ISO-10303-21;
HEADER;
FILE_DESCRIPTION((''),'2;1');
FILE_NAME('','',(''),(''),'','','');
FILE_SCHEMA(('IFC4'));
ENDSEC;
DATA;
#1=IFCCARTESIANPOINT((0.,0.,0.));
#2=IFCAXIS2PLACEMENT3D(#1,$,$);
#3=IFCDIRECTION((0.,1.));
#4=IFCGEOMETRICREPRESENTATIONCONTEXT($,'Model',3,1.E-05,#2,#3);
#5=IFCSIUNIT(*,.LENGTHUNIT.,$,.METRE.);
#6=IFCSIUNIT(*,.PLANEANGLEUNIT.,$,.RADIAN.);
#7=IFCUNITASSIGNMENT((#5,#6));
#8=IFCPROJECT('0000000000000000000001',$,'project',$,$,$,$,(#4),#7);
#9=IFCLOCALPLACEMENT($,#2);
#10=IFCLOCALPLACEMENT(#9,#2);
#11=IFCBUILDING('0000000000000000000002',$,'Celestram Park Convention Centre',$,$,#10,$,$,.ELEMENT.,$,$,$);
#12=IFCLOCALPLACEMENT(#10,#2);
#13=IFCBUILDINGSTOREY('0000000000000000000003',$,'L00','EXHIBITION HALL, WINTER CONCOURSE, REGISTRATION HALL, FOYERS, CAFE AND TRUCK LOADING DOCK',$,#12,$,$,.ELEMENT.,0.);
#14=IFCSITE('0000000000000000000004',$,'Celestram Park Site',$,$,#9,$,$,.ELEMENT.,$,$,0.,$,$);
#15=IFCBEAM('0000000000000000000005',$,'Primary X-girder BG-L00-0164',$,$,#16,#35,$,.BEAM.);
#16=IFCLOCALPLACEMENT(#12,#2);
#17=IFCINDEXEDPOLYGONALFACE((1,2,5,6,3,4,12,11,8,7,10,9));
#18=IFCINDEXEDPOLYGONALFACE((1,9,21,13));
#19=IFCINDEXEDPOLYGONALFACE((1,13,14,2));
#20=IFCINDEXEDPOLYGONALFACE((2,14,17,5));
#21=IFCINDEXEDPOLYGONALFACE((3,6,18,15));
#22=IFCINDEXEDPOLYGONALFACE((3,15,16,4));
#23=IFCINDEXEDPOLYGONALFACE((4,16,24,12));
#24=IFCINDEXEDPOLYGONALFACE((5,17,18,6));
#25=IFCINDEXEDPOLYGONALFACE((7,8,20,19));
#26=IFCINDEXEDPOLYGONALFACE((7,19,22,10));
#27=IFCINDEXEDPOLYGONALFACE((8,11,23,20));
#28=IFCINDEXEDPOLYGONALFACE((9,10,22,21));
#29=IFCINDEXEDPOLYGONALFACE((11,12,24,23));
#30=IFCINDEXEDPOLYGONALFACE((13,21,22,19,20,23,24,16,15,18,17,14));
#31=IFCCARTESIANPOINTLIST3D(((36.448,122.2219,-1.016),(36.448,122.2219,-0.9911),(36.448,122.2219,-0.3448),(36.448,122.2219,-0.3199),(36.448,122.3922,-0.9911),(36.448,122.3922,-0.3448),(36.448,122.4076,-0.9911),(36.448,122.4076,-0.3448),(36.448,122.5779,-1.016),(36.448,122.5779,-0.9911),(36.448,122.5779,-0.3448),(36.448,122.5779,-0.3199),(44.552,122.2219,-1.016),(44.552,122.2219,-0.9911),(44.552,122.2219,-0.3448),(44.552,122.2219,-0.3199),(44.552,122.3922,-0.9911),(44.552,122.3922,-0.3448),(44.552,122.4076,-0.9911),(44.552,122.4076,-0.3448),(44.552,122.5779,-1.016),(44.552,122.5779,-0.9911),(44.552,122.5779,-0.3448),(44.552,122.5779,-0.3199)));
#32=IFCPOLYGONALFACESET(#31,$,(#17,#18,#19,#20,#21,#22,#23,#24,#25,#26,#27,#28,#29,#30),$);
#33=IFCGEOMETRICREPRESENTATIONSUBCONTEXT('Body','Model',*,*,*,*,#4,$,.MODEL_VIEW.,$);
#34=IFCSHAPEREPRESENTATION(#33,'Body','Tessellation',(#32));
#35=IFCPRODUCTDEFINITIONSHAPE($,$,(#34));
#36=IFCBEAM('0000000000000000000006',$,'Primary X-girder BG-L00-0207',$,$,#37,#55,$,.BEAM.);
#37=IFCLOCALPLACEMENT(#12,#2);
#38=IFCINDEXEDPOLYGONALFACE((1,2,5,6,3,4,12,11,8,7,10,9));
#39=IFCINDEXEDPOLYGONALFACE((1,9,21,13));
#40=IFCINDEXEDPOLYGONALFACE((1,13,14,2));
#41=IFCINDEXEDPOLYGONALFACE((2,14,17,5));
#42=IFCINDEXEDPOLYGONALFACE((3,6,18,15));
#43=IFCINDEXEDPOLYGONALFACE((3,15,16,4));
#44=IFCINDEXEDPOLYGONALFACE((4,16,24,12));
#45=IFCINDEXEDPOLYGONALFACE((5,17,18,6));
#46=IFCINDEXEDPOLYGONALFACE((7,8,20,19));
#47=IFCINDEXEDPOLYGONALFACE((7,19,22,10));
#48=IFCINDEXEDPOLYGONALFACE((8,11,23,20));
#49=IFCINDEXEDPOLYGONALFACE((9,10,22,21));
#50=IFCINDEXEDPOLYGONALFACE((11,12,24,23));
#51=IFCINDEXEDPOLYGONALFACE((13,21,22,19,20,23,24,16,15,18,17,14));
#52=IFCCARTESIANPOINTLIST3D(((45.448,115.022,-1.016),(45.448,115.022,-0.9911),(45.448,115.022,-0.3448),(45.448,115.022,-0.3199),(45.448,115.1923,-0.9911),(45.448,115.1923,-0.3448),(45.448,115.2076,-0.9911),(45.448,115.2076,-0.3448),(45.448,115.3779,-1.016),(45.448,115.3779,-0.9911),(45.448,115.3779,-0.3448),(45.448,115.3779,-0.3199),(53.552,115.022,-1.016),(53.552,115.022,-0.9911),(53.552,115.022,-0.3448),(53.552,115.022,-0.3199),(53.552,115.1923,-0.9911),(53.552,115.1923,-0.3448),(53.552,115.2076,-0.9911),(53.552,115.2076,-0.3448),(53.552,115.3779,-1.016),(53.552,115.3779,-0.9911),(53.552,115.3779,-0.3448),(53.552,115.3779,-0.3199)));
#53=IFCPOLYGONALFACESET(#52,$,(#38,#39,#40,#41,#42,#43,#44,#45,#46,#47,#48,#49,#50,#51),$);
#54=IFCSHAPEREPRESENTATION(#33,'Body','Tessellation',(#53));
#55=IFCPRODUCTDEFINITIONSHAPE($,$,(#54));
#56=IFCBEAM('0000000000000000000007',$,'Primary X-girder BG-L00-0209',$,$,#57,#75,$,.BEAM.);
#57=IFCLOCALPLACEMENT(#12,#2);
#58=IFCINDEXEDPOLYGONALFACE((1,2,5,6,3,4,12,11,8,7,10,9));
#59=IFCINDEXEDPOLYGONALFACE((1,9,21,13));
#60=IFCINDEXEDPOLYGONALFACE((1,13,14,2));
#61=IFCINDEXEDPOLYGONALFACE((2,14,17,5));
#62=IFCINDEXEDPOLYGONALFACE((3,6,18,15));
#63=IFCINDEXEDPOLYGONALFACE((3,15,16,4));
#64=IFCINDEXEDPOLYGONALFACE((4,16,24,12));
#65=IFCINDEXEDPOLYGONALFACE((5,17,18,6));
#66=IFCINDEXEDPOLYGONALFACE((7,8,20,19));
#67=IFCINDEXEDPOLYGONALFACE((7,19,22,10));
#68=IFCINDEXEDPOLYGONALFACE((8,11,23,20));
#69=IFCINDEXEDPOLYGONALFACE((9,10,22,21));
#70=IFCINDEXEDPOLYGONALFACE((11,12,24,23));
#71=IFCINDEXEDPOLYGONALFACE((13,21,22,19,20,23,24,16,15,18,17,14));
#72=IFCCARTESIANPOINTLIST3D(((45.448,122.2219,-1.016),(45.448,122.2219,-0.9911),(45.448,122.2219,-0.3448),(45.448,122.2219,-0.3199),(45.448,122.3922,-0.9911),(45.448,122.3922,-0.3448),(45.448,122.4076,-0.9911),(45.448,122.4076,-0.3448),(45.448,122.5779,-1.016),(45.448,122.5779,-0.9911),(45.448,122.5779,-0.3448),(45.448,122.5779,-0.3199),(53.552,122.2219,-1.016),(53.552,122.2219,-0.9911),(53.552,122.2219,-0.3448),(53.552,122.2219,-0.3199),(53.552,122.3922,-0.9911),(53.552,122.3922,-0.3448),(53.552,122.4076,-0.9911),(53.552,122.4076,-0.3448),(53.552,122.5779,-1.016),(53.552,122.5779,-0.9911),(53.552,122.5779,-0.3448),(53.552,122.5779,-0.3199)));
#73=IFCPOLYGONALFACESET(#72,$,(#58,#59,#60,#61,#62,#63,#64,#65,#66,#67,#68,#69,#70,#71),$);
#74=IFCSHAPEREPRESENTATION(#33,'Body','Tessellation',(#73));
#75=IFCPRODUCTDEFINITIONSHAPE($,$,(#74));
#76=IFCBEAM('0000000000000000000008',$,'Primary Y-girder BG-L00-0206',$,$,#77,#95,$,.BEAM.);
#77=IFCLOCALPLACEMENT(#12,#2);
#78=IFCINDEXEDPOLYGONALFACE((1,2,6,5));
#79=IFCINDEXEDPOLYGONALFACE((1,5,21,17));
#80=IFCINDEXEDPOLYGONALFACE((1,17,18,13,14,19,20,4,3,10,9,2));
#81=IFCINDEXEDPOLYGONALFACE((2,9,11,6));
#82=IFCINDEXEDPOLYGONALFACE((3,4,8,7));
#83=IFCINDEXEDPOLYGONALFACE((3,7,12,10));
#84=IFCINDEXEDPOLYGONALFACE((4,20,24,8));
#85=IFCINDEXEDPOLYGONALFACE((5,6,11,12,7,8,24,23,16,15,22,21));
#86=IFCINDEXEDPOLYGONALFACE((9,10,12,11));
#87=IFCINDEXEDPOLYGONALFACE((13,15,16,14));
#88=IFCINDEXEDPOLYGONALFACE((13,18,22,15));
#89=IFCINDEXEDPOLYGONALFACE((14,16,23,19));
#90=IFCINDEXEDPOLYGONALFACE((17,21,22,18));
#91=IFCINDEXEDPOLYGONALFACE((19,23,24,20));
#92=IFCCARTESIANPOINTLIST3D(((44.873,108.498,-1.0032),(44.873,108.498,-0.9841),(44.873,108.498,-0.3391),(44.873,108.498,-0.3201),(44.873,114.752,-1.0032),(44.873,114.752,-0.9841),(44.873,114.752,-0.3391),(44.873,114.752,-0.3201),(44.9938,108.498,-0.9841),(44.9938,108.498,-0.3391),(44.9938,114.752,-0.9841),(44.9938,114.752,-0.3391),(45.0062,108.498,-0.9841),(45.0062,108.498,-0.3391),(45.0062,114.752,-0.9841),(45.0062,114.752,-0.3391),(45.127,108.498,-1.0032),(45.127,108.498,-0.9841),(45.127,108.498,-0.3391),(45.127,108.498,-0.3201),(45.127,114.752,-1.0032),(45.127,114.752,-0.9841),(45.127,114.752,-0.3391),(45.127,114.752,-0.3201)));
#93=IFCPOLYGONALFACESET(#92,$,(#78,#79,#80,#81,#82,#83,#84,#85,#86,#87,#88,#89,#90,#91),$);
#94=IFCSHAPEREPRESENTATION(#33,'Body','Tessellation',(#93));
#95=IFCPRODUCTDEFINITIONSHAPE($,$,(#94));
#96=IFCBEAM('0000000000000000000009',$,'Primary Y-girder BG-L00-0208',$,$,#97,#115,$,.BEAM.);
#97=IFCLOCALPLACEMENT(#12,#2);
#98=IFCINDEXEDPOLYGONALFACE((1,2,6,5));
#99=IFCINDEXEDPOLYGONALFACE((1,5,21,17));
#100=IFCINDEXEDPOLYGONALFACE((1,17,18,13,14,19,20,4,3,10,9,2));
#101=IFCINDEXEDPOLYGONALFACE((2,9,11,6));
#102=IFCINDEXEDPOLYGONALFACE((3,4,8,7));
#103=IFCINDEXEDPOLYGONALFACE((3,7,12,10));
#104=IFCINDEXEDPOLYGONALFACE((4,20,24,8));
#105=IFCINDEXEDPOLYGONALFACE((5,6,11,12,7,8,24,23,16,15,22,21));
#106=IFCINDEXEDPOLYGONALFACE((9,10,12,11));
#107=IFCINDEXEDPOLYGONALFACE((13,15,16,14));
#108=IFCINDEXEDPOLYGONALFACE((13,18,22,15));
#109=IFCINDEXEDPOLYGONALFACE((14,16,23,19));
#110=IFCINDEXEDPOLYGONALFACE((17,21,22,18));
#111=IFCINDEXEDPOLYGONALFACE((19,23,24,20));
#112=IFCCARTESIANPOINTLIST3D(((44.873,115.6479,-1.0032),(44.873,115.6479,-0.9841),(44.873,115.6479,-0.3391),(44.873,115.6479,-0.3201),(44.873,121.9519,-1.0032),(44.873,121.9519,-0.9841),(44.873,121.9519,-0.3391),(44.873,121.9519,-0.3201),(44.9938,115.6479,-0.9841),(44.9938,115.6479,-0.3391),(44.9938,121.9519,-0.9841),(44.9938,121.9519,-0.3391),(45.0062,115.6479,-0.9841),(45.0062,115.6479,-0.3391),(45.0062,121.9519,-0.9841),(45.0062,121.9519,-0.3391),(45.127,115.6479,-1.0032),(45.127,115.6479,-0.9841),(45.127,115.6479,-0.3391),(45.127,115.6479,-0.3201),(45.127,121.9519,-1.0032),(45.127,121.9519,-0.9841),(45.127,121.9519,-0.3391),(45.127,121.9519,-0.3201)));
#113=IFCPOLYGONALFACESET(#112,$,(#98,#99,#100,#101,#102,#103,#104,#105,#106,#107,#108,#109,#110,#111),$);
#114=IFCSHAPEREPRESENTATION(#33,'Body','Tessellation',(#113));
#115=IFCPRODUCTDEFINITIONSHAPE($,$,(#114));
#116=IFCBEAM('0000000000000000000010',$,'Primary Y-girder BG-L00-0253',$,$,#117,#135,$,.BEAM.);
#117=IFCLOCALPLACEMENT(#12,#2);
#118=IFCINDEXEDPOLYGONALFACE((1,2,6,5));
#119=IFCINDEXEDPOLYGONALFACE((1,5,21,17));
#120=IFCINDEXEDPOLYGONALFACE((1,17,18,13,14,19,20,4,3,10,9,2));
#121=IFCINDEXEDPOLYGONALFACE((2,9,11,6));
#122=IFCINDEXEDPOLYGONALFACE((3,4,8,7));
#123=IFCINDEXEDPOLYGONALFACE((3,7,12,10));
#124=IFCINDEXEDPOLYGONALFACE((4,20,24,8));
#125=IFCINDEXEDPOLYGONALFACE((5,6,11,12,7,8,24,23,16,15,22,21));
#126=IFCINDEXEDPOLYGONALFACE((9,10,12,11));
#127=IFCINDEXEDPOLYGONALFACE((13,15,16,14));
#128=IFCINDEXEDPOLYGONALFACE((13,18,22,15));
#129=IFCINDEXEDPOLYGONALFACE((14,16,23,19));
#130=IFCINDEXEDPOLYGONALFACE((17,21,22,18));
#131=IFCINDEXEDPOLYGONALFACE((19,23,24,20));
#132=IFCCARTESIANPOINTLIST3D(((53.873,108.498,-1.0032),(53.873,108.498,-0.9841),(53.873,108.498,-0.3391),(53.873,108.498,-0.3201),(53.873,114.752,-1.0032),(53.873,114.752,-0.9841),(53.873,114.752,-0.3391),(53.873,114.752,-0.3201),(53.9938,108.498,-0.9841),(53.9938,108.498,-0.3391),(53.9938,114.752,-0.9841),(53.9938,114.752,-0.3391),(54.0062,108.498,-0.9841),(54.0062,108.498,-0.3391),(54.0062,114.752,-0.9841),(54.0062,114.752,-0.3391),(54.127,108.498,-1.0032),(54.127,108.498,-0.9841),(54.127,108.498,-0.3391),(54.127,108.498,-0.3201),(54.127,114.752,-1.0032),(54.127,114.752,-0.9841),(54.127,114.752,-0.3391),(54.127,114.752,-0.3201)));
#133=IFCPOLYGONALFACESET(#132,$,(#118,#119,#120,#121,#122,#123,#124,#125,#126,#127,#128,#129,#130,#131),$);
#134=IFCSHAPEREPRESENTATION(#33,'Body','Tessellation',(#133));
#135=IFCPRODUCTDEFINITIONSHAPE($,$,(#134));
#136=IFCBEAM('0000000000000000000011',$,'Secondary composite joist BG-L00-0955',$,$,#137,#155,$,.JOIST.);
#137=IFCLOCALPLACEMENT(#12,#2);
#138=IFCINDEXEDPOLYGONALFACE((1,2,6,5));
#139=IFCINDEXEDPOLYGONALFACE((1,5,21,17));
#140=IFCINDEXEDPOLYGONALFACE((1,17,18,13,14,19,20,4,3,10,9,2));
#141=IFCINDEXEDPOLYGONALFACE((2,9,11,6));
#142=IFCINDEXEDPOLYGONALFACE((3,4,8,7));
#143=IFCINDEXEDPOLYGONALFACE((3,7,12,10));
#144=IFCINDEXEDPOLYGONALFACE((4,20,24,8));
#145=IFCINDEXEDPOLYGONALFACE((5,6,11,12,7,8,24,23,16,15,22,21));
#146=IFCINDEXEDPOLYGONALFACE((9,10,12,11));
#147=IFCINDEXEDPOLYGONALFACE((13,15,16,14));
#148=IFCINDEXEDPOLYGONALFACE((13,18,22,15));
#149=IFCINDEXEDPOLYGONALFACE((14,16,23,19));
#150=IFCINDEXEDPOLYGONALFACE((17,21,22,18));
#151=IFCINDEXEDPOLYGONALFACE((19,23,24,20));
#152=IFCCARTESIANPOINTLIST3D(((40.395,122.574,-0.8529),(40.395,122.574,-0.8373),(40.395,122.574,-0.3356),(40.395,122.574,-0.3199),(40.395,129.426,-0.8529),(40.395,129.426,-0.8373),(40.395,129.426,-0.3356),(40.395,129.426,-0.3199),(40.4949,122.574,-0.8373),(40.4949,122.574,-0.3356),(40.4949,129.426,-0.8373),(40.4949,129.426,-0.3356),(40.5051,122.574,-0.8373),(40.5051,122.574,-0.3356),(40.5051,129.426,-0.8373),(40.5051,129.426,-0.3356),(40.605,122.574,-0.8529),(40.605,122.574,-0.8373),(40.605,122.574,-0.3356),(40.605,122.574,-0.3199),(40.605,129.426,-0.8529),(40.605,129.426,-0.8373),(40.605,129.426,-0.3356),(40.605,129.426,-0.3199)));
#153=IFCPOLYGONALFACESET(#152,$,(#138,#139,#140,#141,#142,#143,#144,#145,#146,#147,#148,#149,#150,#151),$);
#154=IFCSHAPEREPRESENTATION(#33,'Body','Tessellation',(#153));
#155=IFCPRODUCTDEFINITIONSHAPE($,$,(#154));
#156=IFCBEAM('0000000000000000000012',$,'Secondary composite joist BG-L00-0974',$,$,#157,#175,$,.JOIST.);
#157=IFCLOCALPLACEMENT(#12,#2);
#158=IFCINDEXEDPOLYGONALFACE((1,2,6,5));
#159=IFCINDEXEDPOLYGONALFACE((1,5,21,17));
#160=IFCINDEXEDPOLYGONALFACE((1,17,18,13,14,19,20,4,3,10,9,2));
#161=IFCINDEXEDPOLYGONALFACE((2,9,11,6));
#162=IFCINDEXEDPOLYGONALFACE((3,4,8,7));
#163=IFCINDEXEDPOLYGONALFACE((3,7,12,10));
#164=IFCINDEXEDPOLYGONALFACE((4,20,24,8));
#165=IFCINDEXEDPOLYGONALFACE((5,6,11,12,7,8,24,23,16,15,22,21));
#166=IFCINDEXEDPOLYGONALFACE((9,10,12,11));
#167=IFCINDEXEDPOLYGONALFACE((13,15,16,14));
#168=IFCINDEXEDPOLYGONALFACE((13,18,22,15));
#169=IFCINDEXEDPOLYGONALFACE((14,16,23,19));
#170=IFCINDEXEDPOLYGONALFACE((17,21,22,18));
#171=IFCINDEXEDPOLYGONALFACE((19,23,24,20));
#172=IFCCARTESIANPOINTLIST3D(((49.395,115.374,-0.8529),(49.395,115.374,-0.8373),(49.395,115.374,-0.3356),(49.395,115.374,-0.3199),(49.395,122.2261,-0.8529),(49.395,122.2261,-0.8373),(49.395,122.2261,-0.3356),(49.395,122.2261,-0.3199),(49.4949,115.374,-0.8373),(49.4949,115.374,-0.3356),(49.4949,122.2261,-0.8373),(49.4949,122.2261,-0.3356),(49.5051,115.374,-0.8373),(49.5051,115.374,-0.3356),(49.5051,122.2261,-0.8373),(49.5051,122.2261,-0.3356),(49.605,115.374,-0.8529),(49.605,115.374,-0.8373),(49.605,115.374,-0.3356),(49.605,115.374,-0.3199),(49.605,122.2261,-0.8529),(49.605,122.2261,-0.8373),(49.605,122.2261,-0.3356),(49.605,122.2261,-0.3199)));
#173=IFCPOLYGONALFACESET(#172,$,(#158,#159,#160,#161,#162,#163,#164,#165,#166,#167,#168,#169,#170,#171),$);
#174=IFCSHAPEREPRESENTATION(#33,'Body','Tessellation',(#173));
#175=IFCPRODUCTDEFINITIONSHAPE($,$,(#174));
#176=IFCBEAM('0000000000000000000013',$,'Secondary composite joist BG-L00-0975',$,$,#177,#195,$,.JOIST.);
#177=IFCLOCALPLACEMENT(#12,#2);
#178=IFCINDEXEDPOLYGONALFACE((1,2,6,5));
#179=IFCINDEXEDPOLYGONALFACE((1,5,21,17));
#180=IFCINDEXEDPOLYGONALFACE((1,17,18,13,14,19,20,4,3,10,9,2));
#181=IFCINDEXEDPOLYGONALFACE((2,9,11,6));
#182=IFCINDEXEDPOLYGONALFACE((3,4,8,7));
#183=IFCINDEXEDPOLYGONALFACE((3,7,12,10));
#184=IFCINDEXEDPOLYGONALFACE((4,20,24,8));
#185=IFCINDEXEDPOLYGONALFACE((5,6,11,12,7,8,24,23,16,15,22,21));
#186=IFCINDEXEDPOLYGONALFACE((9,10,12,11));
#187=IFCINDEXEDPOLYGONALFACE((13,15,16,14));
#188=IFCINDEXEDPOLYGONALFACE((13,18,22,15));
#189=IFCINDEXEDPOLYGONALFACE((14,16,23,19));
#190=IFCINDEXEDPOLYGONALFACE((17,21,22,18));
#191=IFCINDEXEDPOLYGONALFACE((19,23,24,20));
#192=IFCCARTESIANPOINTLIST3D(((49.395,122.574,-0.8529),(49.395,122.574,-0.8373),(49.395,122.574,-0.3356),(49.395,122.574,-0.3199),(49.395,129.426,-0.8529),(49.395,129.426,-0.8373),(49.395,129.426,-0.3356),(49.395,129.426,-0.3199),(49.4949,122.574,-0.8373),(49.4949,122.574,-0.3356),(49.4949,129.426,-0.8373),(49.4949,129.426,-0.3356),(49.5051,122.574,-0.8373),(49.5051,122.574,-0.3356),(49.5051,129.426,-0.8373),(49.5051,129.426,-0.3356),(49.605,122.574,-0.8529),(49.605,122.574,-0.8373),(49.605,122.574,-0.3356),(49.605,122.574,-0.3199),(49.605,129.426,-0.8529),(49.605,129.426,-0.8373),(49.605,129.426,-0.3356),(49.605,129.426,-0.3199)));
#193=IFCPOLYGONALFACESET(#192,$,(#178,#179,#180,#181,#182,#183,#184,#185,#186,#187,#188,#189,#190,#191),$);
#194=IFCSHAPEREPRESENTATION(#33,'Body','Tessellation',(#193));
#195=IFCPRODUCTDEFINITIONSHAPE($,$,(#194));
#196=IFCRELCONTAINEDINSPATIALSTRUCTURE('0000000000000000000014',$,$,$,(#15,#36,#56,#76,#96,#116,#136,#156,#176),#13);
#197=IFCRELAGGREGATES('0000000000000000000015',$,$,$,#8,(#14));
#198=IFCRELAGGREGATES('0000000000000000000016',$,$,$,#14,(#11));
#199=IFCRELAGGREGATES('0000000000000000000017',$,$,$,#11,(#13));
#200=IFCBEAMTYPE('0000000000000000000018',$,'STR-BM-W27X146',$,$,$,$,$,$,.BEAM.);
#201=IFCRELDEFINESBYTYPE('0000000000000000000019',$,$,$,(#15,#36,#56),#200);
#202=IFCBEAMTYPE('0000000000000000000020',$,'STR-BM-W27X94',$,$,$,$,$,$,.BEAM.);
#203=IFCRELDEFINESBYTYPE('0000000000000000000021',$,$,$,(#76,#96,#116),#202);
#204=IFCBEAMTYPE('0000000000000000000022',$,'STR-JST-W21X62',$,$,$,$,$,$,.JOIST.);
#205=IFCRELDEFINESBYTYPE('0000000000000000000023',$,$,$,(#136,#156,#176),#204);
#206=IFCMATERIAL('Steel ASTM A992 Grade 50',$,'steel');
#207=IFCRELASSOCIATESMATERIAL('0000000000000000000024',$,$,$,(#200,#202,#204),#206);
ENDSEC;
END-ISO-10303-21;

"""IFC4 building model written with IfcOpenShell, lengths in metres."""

from ifc_helpers import new_model, si_unit, direction, frame, origin, origin_2d, place, context, subcontext, project, spatial, i_section, extrude, material, material_profile, profile_set, type_object, element, save


model = new_model("IFC4")

# Units and contexts
model_context = context("Model", 3, precision=1e-05, world=origin(), true_north=direction((0.0, 1.0)))
body_context = subcontext(model_context, "Body", "Model", "MODEL_VIEW")
ifc_project = project(units=[si_unit("LENGTHUNIT", "METRE"), si_unit("PLANEANGLEUNIT", "RADIAN")], contexts=[model_context])

# Site, building, storey
site_placement = place(None, origin())
site = spatial("IfcSite", under=ifc_project, at=site_placement, Name="Celestram Park Site", CompositionType="ELEMENT", RefElevation=0.0)
building_placement = place(site_placement, origin())
building = spatial("IfcBuilding", under=site, at=building_placement, Name="Celestram Park Convention Centre", CompositionType="ELEMENT")
storey_placement = place(building_placement, origin())
storey = spatial("IfcBuildingStorey", under=building, at=storey_placement, Name="L00", Description="EXHIBITION HALL, WINTER CONCOURSE, REGISTRATION HALL, FOYERS, CAFE AND TRUCK LOADING DOCK", CompositionType="ELEMENT", Elevation=0.0)

# Beams
ifc_material_1 = material(Name="Steel ASTM A992 Grade 50", Category="steel")
ifc_material_profile_1 = material_profile(ifc_material_1, i_section(OverallWidth=0.356, OverallDepth=0.696, WebThickness=0.0154, FlangeThickness=0.0249, at=origin_2d()), Name="W27X146")
ifc_profile_set_1 = profile_set([ifc_material_profile_1], Name="Steel ASTM A992 Grade 50")
beam_type_1 = type_object("IfcBeamType", Name="STR-BM-W27X146", PredefinedType="BEAM", material=ifc_profile_set_1)
for number, where, z_axis, x_axis, name in (
    (1, (36.448, 122.3999, -0.668), (1.0, 0.0, 0.0), (0.0, 1.0, 0.0), "Primary X-girder BG-L00-0164"),
    (2, (45.448, 115.2, -0.668), (1.0, 0.0, 0.0), (0.0, 1.0, 0.0), "Primary X-girder BG-L00-0207"),
    (3, (45.448, 122.3999, -0.668), (1.0, 0.0, 0.0), (0.0, 1.0, 0.0), "Primary X-girder BG-L00-0209"),
):
    element("IfcBeam", number, at=place(storey_placement, frame(where, z_axis=z_axis, x_axis=x_axis)), inside=storey, type_object=beam_type_1, Name=name, PredefinedType="BEAM", context=body_context, shape_type="SweptSolid", body=[
        extrude(i_section(OverallWidth=0.356, OverallDepth=0.696, WebThickness=0.0154, FlangeThickness=0.0249, at=origin_2d()), origin(), (0.0, 0.0, 1.0), 8.104),
    ])
ifc_material_profile_2 = material_profile(ifc_material_1, i_section(OverallWidth=0.2539, OverallDepth=0.6831, WebThickness=0.0125, FlangeThickness=0.019, at=origin_2d()), Name="W27X94")
ifc_profile_set_2 = profile_set([ifc_material_profile_2], Name="Steel ASTM A992 Grade 50")
beam_type_2 = type_object("IfcBeamType", Name="STR-BM-W27X94", PredefinedType="BEAM", material=ifc_profile_set_2)
beam_1_placement = place(storey_placement, frame((45.0, 108.498, -0.6616), z_axis=(0.0, 1.0, 0.0), x_axis=(-1.0, 0.0, 0.0)))
element("IfcBeam", 4, at=beam_1_placement, inside=storey, type_object=beam_type_2, Name="Primary Y-girder BG-L00-0206", PredefinedType="BEAM", context=body_context, shape_type="SweptSolid", body=[
    extrude(i_section(OverallWidth=0.2539, OverallDepth=0.6831, WebThickness=0.0125, FlangeThickness=0.019, at=origin_2d()), origin(), (0.0, 0.0, 1.0), 6.2539),
])
beam_2_placement = place(storey_placement, frame((45.0, 115.6479, -0.6616), z_axis=(0.0, 1.0, 0.0), x_axis=(-1.0, 0.0, 0.0)))
element("IfcBeam", 5, at=beam_2_placement, inside=storey, type_object=beam_type_2, Name="Primary Y-girder BG-L00-0208", PredefinedType="BEAM", context=body_context, shape_type="SweptSolid", body=[
    extrude(i_section(OverallWidth=0.2539, OverallDepth=0.6831, WebThickness=0.0125, FlangeThickness=0.019, at=origin_2d()), origin(), (0.0, 0.0, 1.0), 6.304),
])
beam_3_placement = place(storey_placement, frame((54.0, 108.498, -0.6616), z_axis=(0.0, 1.0, 0.0), x_axis=(-1.0, 0.0, 0.0)))
element("IfcBeam", 6, at=beam_3_placement, inside=storey, type_object=beam_type_2, Name="Primary Y-girder BG-L00-0253", PredefinedType="BEAM", context=body_context, shape_type="SweptSolid", body=[
    extrude(i_section(OverallWidth=0.2539, OverallDepth=0.6831, WebThickness=0.0125, FlangeThickness=0.019, at=origin_2d()), origin(), (0.0, 0.0, 1.0), 6.2539),
])
ifc_material_profile_3 = material_profile(ifc_material_1, i_section(OverallWidth=0.21, OverallDepth=0.533, WebThickness=0.0103, FlangeThickness=0.0156, at=origin_2d()), Name="W21X62")
ifc_profile_set_3 = profile_set([ifc_material_profile_3], Name="Steel ASTM A992 Grade 50")
beam_type_3 = type_object("IfcBeamType", Name="STR-JST-W21X62", PredefinedType="JOIST", material=ifc_profile_set_3)
for number, where, z_axis, x_axis, name in (
    (7, (40.5, 122.574, -0.5864), (0.0, 1.0, 0.0), (-1.0, 0.0, 0.0), "Secondary composite joist BG-L00-0955"),
    (8, (49.5, 115.374, -0.5864), (0.0, 1.0, 0.0), (-1.0, 0.0, 0.0), "Secondary composite joist BG-L00-0974"),
    (9, (49.5, 122.574, -0.5864), (0.0, 1.0, 0.0), (-1.0, 0.0, 0.0), "Secondary composite joist BG-L00-0975"),
):
    element("IfcBeam", number, at=place(storey_placement, frame(where, z_axis=z_axis, x_axis=x_axis)), inside=storey, type_object=beam_type_3, Name=name, PredefinedType="JOIST", context=body_context, shape_type="SweptSolid", body=[
        extrude(i_section(OverallWidth=0.21, OverallDepth=0.533, WebThickness=0.0103, FlangeThickness=0.0156, at=origin_2d()), origin(), (0.0, 0.0, 1.0), 6.8521),
    ])

save(model, "model.ifc")
